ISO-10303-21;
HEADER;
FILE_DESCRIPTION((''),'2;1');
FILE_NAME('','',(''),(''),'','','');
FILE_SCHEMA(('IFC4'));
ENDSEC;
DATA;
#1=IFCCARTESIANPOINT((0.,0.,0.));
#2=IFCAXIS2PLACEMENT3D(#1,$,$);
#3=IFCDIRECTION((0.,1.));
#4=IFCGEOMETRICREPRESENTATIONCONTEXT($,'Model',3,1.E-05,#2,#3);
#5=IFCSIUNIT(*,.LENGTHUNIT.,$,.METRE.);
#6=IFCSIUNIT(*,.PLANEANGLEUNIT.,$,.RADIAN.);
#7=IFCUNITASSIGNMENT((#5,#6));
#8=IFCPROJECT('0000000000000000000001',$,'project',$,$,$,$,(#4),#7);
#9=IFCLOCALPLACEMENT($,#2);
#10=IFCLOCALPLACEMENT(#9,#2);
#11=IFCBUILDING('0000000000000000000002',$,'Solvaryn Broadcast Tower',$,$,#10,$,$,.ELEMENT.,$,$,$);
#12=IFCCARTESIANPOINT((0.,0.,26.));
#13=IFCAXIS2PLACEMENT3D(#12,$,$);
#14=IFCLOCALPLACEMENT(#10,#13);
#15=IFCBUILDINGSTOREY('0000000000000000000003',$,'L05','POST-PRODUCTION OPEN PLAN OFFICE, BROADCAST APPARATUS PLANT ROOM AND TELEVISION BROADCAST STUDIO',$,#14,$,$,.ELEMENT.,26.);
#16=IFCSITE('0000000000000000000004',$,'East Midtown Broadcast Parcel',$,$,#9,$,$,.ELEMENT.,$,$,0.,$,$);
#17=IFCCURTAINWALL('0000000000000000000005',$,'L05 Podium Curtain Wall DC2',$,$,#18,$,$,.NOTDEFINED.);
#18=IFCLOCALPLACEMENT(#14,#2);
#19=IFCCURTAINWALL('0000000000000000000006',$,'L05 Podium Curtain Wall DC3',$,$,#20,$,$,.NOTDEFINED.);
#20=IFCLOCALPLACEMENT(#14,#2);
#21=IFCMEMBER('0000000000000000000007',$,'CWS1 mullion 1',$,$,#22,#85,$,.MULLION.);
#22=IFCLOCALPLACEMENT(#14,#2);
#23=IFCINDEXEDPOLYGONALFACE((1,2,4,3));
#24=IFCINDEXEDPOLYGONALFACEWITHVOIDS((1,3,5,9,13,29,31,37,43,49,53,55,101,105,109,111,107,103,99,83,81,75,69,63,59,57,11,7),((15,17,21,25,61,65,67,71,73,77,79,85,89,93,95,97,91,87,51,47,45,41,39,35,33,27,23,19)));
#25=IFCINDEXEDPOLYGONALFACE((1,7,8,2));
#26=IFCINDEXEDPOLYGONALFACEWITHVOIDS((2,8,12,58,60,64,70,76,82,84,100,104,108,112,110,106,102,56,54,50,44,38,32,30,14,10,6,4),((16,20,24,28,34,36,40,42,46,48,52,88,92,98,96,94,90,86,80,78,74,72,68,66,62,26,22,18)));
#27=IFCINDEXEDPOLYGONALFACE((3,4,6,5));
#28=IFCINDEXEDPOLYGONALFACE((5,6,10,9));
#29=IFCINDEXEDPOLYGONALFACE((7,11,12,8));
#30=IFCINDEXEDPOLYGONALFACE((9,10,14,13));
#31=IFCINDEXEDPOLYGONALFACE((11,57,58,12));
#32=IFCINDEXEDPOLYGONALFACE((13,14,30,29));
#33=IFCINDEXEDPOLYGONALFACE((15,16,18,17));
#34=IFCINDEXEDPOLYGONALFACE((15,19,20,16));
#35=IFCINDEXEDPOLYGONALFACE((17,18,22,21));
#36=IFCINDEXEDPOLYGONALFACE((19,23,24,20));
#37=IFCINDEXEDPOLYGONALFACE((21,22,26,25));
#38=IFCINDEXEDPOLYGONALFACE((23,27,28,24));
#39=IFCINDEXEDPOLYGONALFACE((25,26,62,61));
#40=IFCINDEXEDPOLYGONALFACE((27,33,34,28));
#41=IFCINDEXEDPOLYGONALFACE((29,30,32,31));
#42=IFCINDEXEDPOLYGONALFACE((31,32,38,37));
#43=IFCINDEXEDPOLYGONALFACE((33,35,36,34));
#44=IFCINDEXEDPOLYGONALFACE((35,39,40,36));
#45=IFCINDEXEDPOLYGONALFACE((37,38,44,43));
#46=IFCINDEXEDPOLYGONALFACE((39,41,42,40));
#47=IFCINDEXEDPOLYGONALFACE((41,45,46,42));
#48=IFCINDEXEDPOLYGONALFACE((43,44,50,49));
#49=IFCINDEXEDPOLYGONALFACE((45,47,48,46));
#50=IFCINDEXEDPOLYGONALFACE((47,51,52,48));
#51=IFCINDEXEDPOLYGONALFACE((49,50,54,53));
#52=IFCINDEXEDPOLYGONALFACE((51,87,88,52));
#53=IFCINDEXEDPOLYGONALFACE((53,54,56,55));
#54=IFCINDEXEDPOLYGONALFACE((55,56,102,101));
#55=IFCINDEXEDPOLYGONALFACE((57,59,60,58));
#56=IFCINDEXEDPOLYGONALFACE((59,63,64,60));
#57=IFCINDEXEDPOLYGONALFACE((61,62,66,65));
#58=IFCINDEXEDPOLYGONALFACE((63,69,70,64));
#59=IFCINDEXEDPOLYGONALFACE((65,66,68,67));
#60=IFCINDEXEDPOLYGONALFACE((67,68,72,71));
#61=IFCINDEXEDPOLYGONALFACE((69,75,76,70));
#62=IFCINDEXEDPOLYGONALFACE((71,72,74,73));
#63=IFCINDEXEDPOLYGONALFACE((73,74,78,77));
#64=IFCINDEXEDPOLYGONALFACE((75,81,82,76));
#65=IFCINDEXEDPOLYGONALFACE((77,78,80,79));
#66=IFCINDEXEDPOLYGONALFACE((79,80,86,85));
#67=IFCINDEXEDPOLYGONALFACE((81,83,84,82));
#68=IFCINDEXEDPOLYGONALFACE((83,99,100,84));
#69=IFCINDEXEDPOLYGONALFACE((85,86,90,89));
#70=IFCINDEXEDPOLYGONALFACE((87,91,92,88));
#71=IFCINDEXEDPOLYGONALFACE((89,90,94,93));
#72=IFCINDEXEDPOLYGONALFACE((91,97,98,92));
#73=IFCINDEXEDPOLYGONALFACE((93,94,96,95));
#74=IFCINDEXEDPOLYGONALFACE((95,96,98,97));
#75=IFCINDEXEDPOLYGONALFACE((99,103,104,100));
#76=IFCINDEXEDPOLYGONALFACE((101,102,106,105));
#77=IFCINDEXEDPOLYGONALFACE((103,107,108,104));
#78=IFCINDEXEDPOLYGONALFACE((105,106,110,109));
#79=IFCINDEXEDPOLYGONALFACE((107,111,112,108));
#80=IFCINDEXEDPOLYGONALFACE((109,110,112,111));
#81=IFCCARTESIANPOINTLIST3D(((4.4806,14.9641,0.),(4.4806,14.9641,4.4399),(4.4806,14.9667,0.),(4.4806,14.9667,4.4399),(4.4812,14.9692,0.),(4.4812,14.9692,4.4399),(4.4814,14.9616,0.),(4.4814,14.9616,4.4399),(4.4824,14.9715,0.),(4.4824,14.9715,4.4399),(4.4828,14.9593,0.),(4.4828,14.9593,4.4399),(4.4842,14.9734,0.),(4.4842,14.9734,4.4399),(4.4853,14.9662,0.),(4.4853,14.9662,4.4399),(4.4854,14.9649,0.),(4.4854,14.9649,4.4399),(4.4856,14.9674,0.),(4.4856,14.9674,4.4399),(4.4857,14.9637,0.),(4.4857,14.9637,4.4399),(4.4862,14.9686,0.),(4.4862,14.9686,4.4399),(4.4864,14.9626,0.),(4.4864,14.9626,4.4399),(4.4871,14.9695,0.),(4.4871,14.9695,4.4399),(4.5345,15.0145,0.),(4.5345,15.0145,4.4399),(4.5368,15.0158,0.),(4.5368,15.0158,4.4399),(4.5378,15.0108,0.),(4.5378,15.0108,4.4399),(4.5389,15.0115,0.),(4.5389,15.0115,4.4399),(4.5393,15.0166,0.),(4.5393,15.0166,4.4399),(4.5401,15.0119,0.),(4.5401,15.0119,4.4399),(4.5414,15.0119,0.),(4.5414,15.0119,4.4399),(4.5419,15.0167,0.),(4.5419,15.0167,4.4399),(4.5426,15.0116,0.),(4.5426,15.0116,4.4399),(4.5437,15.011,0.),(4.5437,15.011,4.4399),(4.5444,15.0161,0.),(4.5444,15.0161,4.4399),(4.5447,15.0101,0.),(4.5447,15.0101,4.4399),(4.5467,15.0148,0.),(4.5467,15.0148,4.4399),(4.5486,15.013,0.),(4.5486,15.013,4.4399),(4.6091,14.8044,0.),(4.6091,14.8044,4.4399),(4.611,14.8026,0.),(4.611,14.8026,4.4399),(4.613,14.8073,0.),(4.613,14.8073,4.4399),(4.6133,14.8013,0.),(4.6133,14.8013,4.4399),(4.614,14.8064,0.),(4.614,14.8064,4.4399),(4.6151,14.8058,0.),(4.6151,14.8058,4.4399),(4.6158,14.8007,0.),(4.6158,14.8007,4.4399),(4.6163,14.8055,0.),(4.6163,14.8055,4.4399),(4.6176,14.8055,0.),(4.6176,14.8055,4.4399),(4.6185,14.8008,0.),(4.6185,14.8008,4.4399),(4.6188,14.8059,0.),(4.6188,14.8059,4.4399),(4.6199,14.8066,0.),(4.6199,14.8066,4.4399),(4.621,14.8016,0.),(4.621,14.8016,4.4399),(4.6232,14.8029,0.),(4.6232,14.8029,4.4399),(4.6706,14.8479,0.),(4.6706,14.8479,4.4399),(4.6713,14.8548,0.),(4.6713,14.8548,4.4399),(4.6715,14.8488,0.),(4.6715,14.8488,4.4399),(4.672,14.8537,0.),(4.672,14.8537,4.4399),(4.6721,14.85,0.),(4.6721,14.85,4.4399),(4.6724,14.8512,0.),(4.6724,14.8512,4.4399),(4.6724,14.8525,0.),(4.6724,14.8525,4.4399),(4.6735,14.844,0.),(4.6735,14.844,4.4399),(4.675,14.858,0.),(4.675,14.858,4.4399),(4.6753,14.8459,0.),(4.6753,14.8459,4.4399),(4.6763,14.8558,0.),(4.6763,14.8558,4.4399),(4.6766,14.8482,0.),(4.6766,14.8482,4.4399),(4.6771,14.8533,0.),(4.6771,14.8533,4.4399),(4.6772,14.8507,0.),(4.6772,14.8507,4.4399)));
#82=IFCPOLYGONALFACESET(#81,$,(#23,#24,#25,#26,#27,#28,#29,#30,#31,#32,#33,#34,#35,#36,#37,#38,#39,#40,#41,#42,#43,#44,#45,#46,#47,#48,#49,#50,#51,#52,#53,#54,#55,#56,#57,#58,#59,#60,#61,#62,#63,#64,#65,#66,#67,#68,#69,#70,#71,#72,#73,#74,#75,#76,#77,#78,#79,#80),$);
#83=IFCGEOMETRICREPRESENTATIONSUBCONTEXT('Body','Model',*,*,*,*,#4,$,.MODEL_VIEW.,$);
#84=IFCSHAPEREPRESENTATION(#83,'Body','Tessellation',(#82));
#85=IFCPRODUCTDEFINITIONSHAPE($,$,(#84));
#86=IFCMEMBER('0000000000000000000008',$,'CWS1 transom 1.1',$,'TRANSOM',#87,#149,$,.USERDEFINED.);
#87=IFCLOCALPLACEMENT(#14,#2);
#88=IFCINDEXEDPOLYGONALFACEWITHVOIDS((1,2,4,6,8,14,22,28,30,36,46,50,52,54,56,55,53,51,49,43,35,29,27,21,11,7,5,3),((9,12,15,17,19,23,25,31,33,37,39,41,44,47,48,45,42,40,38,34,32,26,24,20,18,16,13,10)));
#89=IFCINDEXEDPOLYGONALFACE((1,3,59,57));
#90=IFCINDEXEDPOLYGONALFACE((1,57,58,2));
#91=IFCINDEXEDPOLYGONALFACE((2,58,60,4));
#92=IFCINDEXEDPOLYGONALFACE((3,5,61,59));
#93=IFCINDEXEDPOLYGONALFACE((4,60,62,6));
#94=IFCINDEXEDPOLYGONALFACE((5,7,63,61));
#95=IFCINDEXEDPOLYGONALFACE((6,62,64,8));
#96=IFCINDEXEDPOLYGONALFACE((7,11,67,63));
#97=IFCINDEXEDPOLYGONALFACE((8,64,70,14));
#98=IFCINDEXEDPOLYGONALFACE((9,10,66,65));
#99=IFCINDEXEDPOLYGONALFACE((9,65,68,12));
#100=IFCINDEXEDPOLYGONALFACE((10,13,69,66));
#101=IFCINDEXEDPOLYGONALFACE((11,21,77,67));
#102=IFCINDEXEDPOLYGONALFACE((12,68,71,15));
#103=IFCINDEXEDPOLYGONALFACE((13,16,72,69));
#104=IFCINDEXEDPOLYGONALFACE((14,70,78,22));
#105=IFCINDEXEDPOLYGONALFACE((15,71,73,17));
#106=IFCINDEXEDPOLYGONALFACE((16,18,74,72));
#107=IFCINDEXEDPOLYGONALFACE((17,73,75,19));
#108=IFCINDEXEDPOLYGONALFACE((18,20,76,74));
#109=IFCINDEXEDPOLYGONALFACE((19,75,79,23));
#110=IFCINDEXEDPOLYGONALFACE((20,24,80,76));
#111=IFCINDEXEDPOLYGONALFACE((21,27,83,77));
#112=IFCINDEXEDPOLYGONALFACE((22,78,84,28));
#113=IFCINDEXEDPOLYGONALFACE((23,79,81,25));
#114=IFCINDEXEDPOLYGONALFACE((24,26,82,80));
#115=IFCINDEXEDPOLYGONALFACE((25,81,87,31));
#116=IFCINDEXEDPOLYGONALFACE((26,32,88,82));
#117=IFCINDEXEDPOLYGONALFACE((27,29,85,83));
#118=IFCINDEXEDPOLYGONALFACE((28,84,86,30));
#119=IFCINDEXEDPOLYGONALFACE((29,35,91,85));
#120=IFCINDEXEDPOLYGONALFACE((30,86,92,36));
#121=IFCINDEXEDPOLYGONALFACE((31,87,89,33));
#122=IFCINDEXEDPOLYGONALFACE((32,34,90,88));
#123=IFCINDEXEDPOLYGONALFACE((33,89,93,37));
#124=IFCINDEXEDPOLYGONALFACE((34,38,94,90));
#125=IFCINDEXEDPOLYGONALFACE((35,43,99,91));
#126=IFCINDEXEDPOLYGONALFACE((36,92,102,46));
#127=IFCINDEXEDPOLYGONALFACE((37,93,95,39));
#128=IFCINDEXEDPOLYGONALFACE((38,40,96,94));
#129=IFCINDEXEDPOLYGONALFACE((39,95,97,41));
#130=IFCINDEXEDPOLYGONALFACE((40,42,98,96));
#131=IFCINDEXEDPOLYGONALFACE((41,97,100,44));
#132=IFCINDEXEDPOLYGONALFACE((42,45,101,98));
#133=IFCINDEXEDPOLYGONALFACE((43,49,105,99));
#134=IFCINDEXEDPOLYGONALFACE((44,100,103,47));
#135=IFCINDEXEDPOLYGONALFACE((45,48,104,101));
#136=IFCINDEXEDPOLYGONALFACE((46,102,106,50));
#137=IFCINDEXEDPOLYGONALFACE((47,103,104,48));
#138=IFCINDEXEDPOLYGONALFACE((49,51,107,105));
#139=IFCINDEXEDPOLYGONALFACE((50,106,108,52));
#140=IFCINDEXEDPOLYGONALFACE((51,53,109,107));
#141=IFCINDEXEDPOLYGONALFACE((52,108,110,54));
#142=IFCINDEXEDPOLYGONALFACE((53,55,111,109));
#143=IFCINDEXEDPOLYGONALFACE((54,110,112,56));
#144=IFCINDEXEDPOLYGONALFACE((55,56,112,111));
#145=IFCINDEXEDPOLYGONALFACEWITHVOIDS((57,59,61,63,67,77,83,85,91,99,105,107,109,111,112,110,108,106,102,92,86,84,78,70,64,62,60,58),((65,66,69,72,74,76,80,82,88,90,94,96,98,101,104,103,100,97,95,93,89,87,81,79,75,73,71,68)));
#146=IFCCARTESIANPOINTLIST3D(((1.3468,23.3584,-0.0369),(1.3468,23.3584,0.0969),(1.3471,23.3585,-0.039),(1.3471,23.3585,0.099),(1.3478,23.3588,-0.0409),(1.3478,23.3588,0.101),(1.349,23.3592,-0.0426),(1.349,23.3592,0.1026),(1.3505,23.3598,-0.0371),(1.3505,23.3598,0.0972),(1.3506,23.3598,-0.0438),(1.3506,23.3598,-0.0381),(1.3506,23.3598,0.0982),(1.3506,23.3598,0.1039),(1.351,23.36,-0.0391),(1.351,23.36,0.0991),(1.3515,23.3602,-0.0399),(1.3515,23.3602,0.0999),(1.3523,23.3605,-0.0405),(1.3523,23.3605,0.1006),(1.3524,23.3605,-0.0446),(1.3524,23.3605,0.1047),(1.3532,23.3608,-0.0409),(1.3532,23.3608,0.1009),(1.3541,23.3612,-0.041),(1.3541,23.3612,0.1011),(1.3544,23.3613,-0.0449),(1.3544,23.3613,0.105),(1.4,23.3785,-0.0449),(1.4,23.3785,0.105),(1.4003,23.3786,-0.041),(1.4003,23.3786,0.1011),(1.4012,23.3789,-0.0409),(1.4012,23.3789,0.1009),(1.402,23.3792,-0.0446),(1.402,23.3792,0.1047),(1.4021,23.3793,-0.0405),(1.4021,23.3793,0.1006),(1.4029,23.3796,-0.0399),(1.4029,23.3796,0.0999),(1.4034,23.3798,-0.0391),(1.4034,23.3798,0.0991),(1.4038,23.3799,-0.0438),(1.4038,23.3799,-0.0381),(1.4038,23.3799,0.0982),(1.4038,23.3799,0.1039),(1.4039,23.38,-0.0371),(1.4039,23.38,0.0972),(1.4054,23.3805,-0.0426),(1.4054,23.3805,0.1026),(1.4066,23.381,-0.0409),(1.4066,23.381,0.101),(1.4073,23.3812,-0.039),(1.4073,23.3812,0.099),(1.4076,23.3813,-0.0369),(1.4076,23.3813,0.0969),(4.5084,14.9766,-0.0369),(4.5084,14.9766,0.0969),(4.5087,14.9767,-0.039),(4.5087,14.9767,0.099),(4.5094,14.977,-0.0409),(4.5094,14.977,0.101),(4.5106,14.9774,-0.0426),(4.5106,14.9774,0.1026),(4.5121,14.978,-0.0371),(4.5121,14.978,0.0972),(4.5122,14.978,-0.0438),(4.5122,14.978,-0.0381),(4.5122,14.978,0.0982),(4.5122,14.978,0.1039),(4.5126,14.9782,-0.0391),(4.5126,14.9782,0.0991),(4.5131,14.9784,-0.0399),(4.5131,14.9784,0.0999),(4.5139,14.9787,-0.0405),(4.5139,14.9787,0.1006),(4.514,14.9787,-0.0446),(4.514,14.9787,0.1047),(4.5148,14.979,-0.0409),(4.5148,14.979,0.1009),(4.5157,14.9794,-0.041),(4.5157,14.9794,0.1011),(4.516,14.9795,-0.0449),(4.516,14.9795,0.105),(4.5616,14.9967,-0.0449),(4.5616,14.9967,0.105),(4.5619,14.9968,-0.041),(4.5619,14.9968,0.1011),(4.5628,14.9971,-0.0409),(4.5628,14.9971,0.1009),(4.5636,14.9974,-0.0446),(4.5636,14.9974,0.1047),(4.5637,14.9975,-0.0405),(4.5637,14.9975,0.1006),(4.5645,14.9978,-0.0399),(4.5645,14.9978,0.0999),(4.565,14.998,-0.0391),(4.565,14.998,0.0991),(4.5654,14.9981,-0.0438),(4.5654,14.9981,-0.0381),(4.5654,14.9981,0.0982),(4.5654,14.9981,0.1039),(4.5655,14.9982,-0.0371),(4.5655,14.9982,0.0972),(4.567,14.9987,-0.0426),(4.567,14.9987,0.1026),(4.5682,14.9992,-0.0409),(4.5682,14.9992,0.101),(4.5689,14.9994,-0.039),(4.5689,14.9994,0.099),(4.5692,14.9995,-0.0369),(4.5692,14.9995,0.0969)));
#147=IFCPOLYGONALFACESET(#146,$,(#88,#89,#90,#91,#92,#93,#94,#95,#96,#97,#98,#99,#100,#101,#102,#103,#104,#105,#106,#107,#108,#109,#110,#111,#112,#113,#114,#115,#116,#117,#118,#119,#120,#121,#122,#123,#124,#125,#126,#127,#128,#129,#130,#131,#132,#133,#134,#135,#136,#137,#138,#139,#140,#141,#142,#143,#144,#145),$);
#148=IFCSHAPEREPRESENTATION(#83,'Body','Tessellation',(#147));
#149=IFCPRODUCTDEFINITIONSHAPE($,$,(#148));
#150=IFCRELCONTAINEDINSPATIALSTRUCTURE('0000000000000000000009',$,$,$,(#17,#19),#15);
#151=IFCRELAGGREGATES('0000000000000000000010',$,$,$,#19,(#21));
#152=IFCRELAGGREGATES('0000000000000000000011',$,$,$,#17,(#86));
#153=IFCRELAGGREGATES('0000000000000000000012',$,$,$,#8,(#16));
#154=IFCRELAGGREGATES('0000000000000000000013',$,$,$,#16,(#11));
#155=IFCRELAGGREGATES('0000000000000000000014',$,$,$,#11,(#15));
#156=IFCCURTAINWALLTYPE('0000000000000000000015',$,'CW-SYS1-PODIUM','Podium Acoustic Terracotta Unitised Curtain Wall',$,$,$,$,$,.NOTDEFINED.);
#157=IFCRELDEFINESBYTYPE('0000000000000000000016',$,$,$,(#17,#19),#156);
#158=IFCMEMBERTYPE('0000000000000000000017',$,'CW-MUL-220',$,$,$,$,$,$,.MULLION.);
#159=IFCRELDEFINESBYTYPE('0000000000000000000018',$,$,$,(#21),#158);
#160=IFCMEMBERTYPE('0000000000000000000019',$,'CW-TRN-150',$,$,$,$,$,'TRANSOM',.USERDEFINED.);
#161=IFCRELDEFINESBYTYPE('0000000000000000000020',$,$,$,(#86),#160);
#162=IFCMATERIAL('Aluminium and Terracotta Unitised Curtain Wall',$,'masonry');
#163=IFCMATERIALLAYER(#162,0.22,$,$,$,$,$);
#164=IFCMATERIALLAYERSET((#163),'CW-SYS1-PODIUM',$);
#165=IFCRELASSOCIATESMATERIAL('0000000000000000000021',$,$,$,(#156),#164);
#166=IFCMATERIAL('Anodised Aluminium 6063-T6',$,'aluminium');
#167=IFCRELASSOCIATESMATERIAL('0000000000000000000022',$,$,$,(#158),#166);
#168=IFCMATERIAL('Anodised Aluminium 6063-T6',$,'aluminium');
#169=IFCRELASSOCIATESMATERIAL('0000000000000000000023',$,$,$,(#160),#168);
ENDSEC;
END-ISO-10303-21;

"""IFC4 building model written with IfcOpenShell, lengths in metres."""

from ifc_helpers import new_model, si_unit, direction, frame, origin, origin_2d, place, context, subcontext, project, spatial, hollow_rectangle, extrude, material, layer, layer_set, material_profile, profile_set, type_object, element, aggregate, save


model = new_model("IFC4")

# Units and contexts
model_context = context("Model", 3, precision=1e-05, world=origin(), true_north=direction((0.0, 1.0)))
body_context = subcontext(model_context, "Body", "Model", "MODEL_VIEW")
ifc_project = project(units=[si_unit("LENGTHUNIT", "METRE"), si_unit("PLANEANGLEUNIT", "RADIAN")], contexts=[model_context])

# Site, building, storey
site_placement = place(None, origin())
site = spatial("IfcSite", under=ifc_project, at=site_placement, Name="East Midtown Broadcast Parcel", CompositionType="ELEMENT", RefElevation=0.0)
building_placement = place(site_placement, origin())
building = spatial("IfcBuilding", under=site, at=building_placement, Name="Solvaryn Broadcast Tower", CompositionType="ELEMENT")
storey_placement = place(building_placement, frame((0.0, 0.0, 26.0)))
storey = spatial("IfcBuildingStorey", under=building, at=storey_placement, Name="L05", Description="POST-PRODUCTION OPEN PLAN OFFICE, BROADCAST APPARATUS PLANT ROOM AND TELEVISION BROADCAST STUDIO", CompositionType="ELEMENT", Elevation=26.0)

# Shared definitions
ifc_material_1 = material(Name="Aluminium and Terracotta Unitised Curtain Wall", Category="masonry")
ifc_layer_1 = layer(ifc_material_1, 0.22)
ifc_layer_set_1 = layer_set([ifc_layer_1], Name="CW-SYS1-PODIUM")
curtain_wall_type = type_object("IfcCurtainWallType", Name="CW-SYS1-PODIUM", Description="Podium Acoustic Terracotta Unitised Curtain Wall", PredefinedType="NOTDEFINED", material=ifc_layer_set_1)
ifc_material_2 = material(Name="Anodised Aluminium 6063-T6", Category="aluminium")
ifc_material_profile_1 = material_profile(ifc_material_2, hollow_rectangle(XDim=0.085, YDim=0.22, WallThickness=0.0049, InnerFilletRadius=0.0049, OuterFilletRadius=0.01, at=origin_2d()))
ifc_profile_set_1 = profile_set([ifc_material_profile_1], Name="Anodised Aluminium 6063-T6")
member_type_1 = type_object("IfcMemberType", Name="CW-MUL-220", PredefinedType="MULLION", material=ifc_profile_set_1)

# Curtain wall
curtain_wall_1_placement = place(storey_placement, origin())
curtain_wall_1 = element("IfcCurtainWall", 1, at=curtain_wall_1_placement, inside=storey, type_object=curtain_wall_type, Name="L05 Podium Curtain Wall DC2", PredefinedType="NOTDEFINED")

# Curtain wall, member
curtain_wall_2_placement = place(storey_placement, origin())
curtain_wall_2 = element("IfcCurtainWall", 2, at=curtain_wall_2_placement, inside=storey, type_object=curtain_wall_type, Name="L05 Podium Curtain Wall DC3", PredefinedType="NOTDEFINED")
member_1_placement = place(storey_placement, frame((4.5789, 14.9087, 0.0), z_axis=(0.0, 0.0, 1.0), x_axis=(0.775075, 0.631869, 0.0)))
member_1 = element("IfcMember", 3, at=member_1_placement, type_object=member_type_1, Name="CWS1 mullion 1", PredefinedType="MULLION", context=body_context, shape_type="SweptSolid", body=[
    extrude(hollow_rectangle(XDim=0.085, YDim=0.22, WallThickness=0.0049, InnerFilletRadius=0.0049, OuterFilletRadius=0.01, at=origin_2d()), origin(), (0.0, 0.0, 1.0), 4.4399),
])

# Member
ifc_material_3 = material(Name="Anodised Aluminium 6063-T6", Category="aluminium")
ifc_material_profile_2 = material_profile(ifc_material_3, hollow_rectangle(XDim=0.0649, YDim=0.1499, WallThickness=0.0039, InnerFilletRadius=0.0039, OuterFilletRadius=0.0081, at=origin_2d()))
ifc_profile_set_2 = profile_set([ifc_material_profile_2], Name="Anodised Aluminium 6063-T6")
member_type_2 = type_object("IfcMemberType", Name="CW-TRN-150", ElementType="TRANSOM", PredefinedType="USERDEFINED", material=ifc_profile_set_2)
member_2_placement = place(storey_placement, frame((1.3772, 23.3699, 0.03), z_axis=(0.352927, -0.935651, 0.0), x_axis=(0.935651, 0.352927, 0.0)))
member_2 = element("IfcMember", 4, at=member_2_placement, type_object=member_type_2, Name="CWS1 transom 1.1", ObjectType="TRANSOM", PredefinedType="USERDEFINED", context=body_context, shape_type="SweptSolid", body=[
    extrude(hollow_rectangle(XDim=0.0649, YDim=0.1499, WallThickness=0.0039, InnerFilletRadius=0.0039, OuterFilletRadius=0.0081, at=origin_2d()), origin(), (0.0, 0.0, 1.0), 8.9583),
])
aggregate(curtain_wall_2, [member_1])

aggregate(curtain_wall_1, [member_2])

save(model, "model.ifc")
